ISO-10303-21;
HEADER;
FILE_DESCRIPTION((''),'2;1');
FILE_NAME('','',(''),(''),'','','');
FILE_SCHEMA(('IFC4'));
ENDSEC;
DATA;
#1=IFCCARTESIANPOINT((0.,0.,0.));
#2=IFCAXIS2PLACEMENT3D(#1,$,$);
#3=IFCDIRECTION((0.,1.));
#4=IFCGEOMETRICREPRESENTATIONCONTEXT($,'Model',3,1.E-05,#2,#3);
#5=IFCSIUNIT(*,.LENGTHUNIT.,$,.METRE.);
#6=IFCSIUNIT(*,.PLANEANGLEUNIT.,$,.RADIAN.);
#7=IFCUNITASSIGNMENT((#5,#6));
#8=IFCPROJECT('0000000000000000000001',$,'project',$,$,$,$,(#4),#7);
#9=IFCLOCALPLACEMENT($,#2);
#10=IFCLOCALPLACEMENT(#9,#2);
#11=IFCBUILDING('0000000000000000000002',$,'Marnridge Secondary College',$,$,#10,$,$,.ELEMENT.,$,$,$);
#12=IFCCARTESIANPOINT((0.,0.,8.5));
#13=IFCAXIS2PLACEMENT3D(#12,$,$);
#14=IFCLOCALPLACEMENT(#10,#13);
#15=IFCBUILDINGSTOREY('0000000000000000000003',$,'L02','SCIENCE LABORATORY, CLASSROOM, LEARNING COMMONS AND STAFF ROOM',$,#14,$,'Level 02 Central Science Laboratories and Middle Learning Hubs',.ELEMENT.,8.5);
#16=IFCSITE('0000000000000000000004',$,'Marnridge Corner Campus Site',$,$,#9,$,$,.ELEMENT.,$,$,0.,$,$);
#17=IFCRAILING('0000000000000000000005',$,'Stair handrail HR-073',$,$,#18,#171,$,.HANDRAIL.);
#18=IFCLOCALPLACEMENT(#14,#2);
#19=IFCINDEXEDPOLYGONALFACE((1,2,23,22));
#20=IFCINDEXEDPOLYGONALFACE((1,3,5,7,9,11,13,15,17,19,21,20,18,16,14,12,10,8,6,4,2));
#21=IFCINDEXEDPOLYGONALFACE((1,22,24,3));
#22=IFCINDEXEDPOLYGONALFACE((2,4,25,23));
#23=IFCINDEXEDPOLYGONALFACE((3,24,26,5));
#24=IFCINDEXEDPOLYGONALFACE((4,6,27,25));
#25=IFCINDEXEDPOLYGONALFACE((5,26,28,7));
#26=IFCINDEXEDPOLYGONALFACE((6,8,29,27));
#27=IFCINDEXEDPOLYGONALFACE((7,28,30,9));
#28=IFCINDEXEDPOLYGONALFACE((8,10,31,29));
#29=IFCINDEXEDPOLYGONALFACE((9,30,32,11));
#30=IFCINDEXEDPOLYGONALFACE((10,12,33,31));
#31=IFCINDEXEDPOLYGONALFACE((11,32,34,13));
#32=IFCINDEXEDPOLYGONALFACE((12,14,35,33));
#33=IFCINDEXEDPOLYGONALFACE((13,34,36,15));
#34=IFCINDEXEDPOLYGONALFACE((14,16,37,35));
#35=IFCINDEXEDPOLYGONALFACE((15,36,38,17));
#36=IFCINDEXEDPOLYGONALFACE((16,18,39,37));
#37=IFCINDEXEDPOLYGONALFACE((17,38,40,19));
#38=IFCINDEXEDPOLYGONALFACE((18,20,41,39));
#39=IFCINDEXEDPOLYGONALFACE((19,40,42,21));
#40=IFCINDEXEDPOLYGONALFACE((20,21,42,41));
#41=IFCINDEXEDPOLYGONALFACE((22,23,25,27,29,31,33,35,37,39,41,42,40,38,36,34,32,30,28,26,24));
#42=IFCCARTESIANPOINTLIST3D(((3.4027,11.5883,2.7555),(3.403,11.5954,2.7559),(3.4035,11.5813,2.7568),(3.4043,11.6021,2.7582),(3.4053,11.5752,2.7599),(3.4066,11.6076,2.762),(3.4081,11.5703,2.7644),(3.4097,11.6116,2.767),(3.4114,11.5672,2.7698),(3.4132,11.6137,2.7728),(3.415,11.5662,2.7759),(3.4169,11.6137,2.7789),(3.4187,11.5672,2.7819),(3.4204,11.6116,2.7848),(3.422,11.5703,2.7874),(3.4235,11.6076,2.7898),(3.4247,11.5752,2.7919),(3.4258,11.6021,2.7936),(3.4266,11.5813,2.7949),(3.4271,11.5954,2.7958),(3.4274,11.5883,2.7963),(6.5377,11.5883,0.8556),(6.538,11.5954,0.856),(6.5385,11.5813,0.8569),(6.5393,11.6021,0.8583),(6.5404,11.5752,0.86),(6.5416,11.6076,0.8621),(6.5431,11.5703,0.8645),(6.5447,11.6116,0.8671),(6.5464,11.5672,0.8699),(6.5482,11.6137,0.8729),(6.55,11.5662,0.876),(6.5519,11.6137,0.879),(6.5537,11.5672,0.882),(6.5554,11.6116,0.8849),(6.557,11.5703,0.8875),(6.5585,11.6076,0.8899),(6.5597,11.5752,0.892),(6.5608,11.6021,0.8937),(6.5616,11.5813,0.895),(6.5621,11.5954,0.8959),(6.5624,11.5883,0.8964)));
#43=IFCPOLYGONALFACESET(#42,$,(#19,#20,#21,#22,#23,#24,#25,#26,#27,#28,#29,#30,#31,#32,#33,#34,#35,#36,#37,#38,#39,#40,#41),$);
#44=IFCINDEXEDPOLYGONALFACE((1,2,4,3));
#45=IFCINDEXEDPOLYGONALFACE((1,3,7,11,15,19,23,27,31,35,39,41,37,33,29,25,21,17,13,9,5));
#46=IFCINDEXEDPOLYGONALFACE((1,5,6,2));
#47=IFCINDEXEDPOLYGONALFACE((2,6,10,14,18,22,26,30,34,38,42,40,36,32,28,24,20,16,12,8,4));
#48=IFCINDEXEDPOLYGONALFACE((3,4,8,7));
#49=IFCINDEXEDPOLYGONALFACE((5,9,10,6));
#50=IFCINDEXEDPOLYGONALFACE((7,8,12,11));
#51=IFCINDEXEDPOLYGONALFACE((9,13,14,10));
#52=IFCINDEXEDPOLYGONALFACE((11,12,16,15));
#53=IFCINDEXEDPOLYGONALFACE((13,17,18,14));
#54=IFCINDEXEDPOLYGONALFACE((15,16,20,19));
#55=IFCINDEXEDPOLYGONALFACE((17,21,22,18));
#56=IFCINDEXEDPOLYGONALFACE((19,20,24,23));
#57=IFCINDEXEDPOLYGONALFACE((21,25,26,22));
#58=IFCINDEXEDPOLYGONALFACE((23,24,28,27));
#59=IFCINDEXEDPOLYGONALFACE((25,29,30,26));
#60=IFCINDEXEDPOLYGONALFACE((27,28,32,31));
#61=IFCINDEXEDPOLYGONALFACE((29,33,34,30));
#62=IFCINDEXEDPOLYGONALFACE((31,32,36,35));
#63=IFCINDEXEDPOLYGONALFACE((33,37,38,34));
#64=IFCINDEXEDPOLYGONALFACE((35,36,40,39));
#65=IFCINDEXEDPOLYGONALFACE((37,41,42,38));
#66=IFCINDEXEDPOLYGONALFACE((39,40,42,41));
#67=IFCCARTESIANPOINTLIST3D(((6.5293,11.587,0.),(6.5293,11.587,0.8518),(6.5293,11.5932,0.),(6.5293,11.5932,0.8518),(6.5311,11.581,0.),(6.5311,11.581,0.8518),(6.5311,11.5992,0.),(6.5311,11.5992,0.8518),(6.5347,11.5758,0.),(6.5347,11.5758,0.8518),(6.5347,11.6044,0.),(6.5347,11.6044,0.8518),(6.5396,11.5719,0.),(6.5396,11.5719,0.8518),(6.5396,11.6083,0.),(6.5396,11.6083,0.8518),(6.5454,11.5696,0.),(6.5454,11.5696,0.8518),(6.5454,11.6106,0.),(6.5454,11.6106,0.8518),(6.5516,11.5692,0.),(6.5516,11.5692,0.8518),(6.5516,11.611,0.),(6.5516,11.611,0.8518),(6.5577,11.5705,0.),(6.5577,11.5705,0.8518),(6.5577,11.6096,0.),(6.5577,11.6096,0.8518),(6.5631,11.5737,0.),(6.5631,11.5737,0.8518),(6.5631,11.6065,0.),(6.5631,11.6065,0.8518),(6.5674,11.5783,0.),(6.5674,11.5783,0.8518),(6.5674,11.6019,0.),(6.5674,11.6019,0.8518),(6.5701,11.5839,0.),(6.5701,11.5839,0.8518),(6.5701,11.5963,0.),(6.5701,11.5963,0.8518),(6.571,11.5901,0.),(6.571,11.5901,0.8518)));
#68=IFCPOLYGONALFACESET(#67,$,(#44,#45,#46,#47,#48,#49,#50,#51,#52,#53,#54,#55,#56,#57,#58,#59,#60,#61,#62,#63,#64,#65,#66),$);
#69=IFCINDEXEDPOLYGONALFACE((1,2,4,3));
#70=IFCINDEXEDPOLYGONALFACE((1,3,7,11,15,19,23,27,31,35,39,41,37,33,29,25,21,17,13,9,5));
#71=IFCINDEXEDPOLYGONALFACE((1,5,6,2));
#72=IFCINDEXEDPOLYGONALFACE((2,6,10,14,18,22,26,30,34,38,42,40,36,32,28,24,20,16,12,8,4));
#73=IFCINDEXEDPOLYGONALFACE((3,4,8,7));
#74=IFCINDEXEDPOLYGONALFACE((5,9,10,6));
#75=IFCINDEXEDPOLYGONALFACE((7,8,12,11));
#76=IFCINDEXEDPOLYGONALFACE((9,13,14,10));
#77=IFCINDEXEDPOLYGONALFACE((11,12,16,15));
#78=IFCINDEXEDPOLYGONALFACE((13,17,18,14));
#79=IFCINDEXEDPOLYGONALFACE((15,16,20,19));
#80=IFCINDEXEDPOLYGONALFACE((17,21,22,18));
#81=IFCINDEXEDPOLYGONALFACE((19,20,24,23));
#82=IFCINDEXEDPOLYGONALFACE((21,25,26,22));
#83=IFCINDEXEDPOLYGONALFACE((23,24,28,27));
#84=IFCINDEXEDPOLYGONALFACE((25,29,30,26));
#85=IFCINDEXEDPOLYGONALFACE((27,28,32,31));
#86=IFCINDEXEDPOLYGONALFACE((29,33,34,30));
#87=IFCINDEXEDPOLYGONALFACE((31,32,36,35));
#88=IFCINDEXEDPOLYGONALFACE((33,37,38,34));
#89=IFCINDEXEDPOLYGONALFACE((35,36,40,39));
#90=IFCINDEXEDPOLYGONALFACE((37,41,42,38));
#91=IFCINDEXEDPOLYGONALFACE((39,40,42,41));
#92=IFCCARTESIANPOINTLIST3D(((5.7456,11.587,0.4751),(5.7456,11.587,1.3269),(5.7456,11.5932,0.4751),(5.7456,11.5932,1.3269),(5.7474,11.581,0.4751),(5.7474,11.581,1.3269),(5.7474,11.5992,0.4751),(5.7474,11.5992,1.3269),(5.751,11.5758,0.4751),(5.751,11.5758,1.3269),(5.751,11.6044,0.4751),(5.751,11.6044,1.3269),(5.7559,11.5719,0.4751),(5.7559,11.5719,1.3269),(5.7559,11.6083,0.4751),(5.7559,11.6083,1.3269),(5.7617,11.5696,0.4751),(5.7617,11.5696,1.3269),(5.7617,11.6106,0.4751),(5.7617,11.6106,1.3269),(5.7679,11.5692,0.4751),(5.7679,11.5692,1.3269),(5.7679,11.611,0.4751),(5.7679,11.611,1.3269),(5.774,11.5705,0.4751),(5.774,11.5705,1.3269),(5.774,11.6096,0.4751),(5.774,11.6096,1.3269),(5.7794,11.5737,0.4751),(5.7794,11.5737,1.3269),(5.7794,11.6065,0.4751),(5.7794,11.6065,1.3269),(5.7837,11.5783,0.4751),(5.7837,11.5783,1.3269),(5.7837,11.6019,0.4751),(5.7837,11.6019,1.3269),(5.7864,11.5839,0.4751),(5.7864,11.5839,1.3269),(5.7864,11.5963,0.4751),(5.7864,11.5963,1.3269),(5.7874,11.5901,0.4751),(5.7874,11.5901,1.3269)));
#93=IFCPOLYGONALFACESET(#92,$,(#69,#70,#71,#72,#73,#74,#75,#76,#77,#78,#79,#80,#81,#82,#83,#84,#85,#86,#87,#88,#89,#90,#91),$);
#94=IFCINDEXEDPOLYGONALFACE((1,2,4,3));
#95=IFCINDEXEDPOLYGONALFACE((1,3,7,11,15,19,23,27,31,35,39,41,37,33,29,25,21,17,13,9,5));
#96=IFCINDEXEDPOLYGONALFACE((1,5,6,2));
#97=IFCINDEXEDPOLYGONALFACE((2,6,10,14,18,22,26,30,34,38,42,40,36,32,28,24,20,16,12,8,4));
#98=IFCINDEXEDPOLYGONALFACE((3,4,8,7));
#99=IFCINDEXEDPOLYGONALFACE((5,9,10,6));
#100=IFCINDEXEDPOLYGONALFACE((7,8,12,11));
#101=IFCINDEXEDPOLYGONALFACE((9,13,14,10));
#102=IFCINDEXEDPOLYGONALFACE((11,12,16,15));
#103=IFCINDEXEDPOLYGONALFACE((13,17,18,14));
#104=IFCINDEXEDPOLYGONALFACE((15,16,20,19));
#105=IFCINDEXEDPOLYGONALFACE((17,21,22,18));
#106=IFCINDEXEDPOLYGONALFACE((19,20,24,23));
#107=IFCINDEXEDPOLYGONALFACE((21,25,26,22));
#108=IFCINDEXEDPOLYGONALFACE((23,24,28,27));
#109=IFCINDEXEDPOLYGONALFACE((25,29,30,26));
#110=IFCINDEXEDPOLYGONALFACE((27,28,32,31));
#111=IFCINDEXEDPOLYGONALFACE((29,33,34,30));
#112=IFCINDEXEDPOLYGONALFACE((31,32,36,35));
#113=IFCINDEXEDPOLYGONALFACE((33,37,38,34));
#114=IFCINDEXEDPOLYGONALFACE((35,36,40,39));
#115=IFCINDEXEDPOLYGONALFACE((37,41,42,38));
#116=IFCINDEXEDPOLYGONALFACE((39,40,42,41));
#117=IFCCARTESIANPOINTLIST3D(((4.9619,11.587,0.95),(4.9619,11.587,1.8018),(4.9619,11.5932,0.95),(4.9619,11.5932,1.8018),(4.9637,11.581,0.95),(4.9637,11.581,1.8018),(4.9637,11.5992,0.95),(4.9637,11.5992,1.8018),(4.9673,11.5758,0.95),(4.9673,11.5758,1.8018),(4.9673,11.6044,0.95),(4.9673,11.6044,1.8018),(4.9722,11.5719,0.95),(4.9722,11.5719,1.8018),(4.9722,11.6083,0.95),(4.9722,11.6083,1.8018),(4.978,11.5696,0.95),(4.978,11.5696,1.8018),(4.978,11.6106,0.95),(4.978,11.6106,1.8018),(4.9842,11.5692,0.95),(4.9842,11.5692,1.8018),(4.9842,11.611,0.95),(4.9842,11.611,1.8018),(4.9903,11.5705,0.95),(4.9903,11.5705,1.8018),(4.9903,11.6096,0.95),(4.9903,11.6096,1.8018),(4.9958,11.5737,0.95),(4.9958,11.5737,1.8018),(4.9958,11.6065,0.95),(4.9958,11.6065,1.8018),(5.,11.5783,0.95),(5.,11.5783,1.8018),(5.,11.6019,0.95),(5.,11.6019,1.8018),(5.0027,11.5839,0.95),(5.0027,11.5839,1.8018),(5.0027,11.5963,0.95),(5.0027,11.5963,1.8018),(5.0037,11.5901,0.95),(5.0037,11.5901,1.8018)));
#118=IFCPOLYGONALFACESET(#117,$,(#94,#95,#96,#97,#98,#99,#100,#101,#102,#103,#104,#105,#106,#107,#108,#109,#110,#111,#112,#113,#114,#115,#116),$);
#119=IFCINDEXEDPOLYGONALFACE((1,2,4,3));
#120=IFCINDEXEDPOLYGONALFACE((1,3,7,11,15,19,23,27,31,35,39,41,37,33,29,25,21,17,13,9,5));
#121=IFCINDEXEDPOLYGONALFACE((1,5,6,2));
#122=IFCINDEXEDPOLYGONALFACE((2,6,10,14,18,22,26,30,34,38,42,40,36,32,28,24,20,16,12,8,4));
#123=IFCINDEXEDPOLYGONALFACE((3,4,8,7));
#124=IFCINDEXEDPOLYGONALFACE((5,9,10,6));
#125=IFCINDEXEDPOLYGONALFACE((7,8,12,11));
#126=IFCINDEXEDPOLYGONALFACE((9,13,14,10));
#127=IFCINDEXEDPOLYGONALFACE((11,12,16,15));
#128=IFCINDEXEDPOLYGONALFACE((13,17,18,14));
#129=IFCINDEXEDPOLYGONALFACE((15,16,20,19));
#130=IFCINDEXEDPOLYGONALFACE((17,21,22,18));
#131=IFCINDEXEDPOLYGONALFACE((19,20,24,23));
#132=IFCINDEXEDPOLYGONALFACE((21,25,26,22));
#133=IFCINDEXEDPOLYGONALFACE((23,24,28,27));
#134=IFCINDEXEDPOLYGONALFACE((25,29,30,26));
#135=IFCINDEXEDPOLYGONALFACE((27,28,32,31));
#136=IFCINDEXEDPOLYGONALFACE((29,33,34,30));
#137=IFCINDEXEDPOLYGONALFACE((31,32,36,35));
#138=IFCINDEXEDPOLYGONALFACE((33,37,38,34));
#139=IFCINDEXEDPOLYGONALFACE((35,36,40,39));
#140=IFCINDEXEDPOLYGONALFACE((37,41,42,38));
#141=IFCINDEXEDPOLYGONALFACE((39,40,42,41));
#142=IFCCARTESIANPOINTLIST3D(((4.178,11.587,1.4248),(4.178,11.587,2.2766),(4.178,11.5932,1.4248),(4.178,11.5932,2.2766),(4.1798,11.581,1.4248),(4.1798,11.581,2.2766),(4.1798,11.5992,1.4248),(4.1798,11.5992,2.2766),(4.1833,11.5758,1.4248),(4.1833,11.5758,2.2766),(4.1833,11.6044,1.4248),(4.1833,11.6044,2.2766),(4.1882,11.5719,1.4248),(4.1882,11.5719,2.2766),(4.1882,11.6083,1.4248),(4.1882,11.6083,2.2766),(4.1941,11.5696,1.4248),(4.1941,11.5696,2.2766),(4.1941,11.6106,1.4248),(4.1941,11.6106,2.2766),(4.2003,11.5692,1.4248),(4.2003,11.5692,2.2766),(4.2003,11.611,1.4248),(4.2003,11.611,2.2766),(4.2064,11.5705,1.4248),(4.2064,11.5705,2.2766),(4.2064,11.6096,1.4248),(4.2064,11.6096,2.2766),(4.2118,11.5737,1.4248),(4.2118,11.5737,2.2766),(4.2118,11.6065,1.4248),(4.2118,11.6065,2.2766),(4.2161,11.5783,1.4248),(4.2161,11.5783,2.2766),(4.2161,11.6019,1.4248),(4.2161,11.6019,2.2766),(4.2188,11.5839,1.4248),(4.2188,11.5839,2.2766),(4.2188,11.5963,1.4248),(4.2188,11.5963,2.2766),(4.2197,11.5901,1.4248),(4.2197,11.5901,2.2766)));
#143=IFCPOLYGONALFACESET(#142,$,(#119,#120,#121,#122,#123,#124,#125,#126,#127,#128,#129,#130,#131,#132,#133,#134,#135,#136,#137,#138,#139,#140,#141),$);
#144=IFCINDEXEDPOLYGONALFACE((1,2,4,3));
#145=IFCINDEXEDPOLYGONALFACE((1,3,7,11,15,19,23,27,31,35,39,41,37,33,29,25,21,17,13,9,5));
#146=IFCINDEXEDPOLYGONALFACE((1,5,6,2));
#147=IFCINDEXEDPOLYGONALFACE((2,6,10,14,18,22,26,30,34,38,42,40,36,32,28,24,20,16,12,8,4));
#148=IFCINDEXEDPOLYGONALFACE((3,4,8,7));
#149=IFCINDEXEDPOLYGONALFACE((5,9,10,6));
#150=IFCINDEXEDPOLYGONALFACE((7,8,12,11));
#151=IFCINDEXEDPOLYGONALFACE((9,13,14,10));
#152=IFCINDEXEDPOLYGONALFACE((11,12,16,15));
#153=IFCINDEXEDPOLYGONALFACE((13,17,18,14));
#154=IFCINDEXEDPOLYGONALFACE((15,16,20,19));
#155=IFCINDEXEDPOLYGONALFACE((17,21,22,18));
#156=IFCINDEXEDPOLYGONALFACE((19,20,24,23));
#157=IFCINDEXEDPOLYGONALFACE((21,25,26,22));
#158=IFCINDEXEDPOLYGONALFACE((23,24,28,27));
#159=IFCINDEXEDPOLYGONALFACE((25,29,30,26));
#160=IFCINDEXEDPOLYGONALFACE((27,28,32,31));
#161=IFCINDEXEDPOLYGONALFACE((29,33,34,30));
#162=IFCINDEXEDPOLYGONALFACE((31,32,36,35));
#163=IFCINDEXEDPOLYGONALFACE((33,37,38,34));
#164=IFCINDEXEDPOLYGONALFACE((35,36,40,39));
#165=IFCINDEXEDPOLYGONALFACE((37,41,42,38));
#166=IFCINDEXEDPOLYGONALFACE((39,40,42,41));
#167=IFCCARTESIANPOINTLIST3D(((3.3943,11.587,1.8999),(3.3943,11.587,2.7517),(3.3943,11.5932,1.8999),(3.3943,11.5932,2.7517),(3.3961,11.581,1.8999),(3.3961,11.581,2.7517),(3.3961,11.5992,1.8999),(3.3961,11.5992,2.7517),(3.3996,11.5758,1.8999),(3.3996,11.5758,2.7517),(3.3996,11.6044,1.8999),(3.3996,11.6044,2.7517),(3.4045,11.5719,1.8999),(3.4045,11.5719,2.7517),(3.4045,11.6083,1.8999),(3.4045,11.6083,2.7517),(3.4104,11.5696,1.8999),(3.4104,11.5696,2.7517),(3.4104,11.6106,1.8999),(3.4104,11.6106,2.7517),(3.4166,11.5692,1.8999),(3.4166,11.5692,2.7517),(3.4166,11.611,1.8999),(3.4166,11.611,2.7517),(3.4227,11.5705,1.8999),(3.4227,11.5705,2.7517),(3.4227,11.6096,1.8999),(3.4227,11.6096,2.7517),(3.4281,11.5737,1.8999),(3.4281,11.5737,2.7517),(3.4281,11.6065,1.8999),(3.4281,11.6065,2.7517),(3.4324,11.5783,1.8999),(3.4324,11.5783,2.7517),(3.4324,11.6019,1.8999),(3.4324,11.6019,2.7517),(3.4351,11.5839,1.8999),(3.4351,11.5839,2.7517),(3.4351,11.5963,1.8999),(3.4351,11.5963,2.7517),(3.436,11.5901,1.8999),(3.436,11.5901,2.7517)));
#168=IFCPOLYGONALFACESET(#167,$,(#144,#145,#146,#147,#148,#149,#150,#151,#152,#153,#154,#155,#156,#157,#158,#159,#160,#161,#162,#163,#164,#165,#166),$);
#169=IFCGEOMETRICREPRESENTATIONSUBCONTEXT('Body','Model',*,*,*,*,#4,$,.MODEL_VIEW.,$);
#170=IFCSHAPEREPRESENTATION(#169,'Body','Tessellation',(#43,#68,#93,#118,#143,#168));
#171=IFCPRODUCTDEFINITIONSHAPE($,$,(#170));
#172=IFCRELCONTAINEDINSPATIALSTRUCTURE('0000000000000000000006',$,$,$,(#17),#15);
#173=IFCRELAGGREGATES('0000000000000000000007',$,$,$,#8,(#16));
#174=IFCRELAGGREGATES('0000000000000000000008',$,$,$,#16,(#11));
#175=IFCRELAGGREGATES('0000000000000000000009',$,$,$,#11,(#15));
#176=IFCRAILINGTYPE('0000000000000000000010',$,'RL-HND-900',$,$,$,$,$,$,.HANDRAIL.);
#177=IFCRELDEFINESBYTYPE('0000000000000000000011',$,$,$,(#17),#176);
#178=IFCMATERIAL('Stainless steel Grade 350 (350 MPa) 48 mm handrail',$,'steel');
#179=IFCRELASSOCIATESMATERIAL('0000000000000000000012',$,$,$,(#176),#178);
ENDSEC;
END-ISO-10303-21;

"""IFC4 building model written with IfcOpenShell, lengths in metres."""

from ifc_helpers import new_model, si_unit, direction, frame, origin, origin_2d, place, context, subcontext, project, spatial, circle, extrude, material, type_object, element, save


model = new_model("IFC4")

# Units and contexts
model_context = context("Model", 3, precision=1e-05, world=origin(), true_north=direction((0.0, 1.0)))
body_context = subcontext(model_context, "Body", "Model", "MODEL_VIEW")
ifc_project = project(units=[si_unit("LENGTHUNIT", "METRE"), si_unit("PLANEANGLEUNIT", "RADIAN")], contexts=[model_context])

# Site, building, storey
site_placement = place(None, origin())
site = spatial("IfcSite", under=ifc_project, at=site_placement, Name="Marnridge Corner Campus Site", CompositionType="ELEMENT", RefElevation=0.0)
building_placement = place(site_placement, origin())
building = spatial("IfcBuilding", under=site, at=building_placement, Name="Marnridge Secondary College", CompositionType="ELEMENT")
storey_placement = place(building_placement, frame((0.0, 0.0, 8.5)))
storey = spatial("IfcBuildingStorey", under=building, at=storey_placement, Name="L02", Description="SCIENCE LABORATORY, CLASSROOM, LEARNING COMMONS AND STAFF ROOM", LongName="Level 02 Central Science Laboratories and Middle Learning Hubs", CompositionType="ELEMENT", Elevation=8.5)

# Railing
ifc_material_1 = material(Name="Stainless steel Grade 350 (350 MPa) 48 mm handrail", Category="steel")
railing_type_1 = type_object("IfcRailingType", Name="RL-HND-900", PredefinedType="HANDRAIL", material=ifc_material_1)
for number, where, name in (
    (1, (6.55, 11.5901, 0.0), "Stair handrail HR-073"),
):
    element("IfcRailing", number, at=place(storey_placement, frame(where)), inside=storey, type_object=railing_type_1, Name=name, PredefinedType="HANDRAIL", context=body_context, shape_type="SweptSolid", body=[
        extrude(circle(Radius=0.0239, at=origin_2d()), frame((0.0, 0.0, 0.876), z_axis=(-0.85521, 0.0, 0.518281), x_axis=(0.0, -1.0, 0.0)), (0.0, 0.0, 1.0), 3.6658),
        extrude(circle(Radius=0.021, at=origin_2d()), origin(), (0.0, 0.0, 1.0), 0.8518),
        extrude(circle(Radius=0.021, at=origin_2d()), frame((-0.7837, 0.0, 0.4751)), (0.0, 0.0, 1.0), 0.8518),
        extrude(circle(Radius=0.021, at=origin_2d()), frame((-1.5674, 0.0, 0.95)), (0.0, 0.0, 1.0), 0.8518),
        extrude(circle(Radius=0.021, at=origin_2d()), frame((-2.3513, 0.0, 1.4248)), (0.0, 0.0, 1.0), 0.8518),
        extrude(circle(Radius=0.021, at=origin_2d()), frame((-3.135, 0.0, 1.8999)), (0.0, 0.0, 1.0), 0.8518),
    ])

save(model, "model.ifc")
